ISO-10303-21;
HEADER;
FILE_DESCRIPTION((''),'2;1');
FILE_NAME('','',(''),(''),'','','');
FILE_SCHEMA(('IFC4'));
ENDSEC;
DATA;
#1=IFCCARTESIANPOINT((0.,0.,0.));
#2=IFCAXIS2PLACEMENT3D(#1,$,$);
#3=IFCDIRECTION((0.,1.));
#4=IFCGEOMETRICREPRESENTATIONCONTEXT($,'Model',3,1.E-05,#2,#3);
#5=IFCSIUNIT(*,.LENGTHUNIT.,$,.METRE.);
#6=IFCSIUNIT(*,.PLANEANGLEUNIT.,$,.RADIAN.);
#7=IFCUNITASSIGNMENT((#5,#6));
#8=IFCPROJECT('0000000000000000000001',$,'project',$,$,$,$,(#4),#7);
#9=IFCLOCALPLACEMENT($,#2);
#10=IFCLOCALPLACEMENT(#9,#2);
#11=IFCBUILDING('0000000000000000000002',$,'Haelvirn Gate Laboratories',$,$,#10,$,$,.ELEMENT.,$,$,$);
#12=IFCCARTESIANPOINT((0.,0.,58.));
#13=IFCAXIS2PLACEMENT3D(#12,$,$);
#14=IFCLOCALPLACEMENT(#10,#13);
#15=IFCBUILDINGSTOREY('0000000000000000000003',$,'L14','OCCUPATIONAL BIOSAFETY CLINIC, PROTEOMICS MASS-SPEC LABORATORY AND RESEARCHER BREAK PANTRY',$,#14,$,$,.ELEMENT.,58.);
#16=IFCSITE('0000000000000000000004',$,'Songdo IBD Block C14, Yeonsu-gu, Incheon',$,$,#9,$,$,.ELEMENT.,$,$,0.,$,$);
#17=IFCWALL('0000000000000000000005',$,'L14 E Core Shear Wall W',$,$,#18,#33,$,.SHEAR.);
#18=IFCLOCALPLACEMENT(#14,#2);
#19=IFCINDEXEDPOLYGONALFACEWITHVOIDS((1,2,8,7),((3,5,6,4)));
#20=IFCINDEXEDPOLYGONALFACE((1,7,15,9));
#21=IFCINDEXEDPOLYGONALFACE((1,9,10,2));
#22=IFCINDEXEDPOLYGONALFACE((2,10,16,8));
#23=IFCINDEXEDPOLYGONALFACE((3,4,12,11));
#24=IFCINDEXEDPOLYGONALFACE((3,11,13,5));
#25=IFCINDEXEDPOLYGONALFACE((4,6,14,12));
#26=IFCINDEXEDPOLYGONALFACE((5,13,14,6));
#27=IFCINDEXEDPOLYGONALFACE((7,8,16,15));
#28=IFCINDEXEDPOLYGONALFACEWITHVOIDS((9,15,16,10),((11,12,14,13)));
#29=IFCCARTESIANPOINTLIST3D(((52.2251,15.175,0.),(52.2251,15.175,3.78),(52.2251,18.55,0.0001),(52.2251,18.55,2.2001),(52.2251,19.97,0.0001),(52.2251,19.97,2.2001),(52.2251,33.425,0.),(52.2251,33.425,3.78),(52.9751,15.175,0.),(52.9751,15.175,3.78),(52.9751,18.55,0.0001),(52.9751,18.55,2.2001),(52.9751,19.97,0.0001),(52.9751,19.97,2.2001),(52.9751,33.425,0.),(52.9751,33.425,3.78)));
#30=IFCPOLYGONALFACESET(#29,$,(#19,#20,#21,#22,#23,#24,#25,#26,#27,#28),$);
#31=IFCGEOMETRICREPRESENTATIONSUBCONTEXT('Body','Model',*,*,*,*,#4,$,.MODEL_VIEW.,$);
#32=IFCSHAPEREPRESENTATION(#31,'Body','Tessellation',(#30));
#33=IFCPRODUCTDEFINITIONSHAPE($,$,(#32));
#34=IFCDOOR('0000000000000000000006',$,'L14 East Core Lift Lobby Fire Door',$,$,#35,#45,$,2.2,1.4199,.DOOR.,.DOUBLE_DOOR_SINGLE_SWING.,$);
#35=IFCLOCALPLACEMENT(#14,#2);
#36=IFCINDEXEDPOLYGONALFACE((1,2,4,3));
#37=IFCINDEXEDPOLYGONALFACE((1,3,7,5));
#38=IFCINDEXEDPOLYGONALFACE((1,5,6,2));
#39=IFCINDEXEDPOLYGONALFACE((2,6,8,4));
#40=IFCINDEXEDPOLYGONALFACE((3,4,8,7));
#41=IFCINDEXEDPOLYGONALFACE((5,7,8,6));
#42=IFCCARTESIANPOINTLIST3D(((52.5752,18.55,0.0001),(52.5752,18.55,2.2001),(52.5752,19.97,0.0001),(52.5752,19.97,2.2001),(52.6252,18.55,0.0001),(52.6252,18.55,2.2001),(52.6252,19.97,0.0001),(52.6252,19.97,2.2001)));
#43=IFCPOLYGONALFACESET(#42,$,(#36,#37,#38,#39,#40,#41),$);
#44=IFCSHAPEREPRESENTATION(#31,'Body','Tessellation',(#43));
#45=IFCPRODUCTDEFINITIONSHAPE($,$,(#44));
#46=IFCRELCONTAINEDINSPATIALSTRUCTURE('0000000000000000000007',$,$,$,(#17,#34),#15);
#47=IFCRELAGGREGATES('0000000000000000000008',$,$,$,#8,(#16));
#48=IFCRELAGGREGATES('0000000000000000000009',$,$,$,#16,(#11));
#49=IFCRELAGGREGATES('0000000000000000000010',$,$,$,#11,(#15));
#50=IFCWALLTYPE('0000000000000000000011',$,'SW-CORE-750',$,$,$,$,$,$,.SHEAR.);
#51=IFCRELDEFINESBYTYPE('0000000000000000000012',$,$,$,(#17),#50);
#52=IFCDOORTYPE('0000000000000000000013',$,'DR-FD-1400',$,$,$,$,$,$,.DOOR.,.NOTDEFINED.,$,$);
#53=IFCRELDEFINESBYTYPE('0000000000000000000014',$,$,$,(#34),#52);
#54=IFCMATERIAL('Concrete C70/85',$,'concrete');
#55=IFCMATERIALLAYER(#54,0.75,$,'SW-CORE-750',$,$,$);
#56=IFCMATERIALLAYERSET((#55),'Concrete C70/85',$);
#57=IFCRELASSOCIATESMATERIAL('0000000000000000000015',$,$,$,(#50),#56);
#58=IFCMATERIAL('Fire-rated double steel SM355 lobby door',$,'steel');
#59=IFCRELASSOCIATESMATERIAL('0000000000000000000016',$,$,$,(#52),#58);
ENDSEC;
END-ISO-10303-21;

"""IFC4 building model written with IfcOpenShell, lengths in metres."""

from ifc_helpers import new_model, si_unit, direction, frame, frame_2d, origin, place, context, subcontext, project, spatial, rectangle, extrude, source, transform, mapped, material, layer, layer_set, type_object, type_shapes, element, fill, save


model = new_model("IFC4")

# Units and contexts
model_context = context("Model", 3, precision=1e-05, world=origin(), true_north=direction((0.0, 1.0)))
body_context = subcontext(model_context, "Body", "Model", "MODEL_VIEW")
ifc_project = project(units=[si_unit("LENGTHUNIT", "METRE"), si_unit("PLANEANGLEUNIT", "RADIAN")], contexts=[model_context])

# Site, building, storey
site_placement = place(None, origin())
site = spatial("IfcSite", under=ifc_project, at=site_placement, Name="Songdo IBD Block C14, Yeonsu-gu, Incheon", CompositionType="ELEMENT", RefElevation=0.0)
building_placement = place(site_placement, origin())
building = spatial("IfcBuilding", under=site, at=building_placement, Name="Haelvirn Gate Laboratories", CompositionType="ELEMENT")
storey_placement = place(building_placement, frame((0.0, 0.0, 58.0)))
storey = spatial("IfcBuildingStorey", under=building, at=storey_placement, Name="L14", Description="OCCUPATIONAL BIOSAFETY CLINIC, PROTEOMICS MASS-SPEC LABORATORY AND RESEARCHER BREAK PANTRY", CompositionType="ELEMENT", Elevation=58.0)

# Shared definitions
ifc_material_1 = material(Name="Concrete C70/85", Category="concrete")

# Shared definitions
ifc_layer_1 = layer(ifc_material_1, 0.75, Name="SW-CORE-750")
ifc_layer_set_1 = layer_set([ifc_layer_1], Name="Concrete C70/85")
wall_type_1 = type_object("IfcWallType", Name="SW-CORE-750", PredefinedType="SHEAR", material=ifc_layer_set_1)

# Wall, opening, door
wall_1_placement = place(storey_placement, frame((52.6001, 15.175, 0.0), z_axis=(0.0, 0.0, 1.0), x_axis=(0.0, 1.0, 0.0)))
wall_1 = element("IfcWall", 1, at=wall_1_placement, inside=storey, type_object=wall_type_1, Name="L14 E Core Shear Wall W", PredefinedType="SHEAR", context=body_context, shape_type="SweptSolid", body=[
    extrude(rectangle(XDim=18.25, YDim=0.75, at=frame_2d((9.125, 0.0))), origin(), (0.0, 0.0, 1.0), 3.78),
])
opening_1_placement = place(wall_1_placement, frame((3.375, 0.0, 0.0)))
opening_1 = element("IfcOpeningElement", 2, at=opening_1_placement, cuts=wall_1, PredefinedType="OPENING", context=body_context, shape_type="SweptSolid", body=[
    extrude(rectangle(XDim=1.4199, YDim=2.2, at=frame_2d((0.71, 1.1001))), frame((0.0, 0.385, 0.0), z_axis=(0.0, -1.0, 0.0), x_axis=(1.0, 0.0, 0.0)), (0.0, 0.0, 1.0), 0.77),
])
ifc_material_2 = material(Name="Fire-rated double steel SM355 lobby door", Category="steel")
door_type_1 = type_object("IfcDoorType", Name="DR-FD-1400", OperationType="NOTDEFINED", PredefinedType="DOOR", material=ifc_material_2)
shared_shape_1 = source(origin(), body_context, "Body", "SweptSolid", [
    extrude(rectangle(XDim=1.4199, YDim=2.2, at=frame_2d((0.71, 1.1001))), frame((0.0, 0.0249, 0.0), z_axis=(0.0, -1.0, 0.0), x_axis=(1.0, 0.0, 0.0)), (0.0, 0.0, 1.0), 0.05),
])
type_shapes(door_type_1, [shared_shape_1])
door_1_placement = place(opening_1_placement, origin())
door_1 = element("IfcDoor", 3, at=door_1_placement, inside=storey, type_object=door_type_1, Name="L14 East Core Lift Lobby Fire Door", OperationType="DOUBLE_DOOR_SINGLE_SWING", OverallHeight=2.2, OverallWidth=1.4199, PredefinedType="DOOR", context=body_context, shape_type="MappedRepresentation", body=[
    mapped(shared_shape_1, transform((0.0, 0.0, 0.0), scale=1.0)),
])
fill(opening_1, door_1)

save(model, "model.ifc")
